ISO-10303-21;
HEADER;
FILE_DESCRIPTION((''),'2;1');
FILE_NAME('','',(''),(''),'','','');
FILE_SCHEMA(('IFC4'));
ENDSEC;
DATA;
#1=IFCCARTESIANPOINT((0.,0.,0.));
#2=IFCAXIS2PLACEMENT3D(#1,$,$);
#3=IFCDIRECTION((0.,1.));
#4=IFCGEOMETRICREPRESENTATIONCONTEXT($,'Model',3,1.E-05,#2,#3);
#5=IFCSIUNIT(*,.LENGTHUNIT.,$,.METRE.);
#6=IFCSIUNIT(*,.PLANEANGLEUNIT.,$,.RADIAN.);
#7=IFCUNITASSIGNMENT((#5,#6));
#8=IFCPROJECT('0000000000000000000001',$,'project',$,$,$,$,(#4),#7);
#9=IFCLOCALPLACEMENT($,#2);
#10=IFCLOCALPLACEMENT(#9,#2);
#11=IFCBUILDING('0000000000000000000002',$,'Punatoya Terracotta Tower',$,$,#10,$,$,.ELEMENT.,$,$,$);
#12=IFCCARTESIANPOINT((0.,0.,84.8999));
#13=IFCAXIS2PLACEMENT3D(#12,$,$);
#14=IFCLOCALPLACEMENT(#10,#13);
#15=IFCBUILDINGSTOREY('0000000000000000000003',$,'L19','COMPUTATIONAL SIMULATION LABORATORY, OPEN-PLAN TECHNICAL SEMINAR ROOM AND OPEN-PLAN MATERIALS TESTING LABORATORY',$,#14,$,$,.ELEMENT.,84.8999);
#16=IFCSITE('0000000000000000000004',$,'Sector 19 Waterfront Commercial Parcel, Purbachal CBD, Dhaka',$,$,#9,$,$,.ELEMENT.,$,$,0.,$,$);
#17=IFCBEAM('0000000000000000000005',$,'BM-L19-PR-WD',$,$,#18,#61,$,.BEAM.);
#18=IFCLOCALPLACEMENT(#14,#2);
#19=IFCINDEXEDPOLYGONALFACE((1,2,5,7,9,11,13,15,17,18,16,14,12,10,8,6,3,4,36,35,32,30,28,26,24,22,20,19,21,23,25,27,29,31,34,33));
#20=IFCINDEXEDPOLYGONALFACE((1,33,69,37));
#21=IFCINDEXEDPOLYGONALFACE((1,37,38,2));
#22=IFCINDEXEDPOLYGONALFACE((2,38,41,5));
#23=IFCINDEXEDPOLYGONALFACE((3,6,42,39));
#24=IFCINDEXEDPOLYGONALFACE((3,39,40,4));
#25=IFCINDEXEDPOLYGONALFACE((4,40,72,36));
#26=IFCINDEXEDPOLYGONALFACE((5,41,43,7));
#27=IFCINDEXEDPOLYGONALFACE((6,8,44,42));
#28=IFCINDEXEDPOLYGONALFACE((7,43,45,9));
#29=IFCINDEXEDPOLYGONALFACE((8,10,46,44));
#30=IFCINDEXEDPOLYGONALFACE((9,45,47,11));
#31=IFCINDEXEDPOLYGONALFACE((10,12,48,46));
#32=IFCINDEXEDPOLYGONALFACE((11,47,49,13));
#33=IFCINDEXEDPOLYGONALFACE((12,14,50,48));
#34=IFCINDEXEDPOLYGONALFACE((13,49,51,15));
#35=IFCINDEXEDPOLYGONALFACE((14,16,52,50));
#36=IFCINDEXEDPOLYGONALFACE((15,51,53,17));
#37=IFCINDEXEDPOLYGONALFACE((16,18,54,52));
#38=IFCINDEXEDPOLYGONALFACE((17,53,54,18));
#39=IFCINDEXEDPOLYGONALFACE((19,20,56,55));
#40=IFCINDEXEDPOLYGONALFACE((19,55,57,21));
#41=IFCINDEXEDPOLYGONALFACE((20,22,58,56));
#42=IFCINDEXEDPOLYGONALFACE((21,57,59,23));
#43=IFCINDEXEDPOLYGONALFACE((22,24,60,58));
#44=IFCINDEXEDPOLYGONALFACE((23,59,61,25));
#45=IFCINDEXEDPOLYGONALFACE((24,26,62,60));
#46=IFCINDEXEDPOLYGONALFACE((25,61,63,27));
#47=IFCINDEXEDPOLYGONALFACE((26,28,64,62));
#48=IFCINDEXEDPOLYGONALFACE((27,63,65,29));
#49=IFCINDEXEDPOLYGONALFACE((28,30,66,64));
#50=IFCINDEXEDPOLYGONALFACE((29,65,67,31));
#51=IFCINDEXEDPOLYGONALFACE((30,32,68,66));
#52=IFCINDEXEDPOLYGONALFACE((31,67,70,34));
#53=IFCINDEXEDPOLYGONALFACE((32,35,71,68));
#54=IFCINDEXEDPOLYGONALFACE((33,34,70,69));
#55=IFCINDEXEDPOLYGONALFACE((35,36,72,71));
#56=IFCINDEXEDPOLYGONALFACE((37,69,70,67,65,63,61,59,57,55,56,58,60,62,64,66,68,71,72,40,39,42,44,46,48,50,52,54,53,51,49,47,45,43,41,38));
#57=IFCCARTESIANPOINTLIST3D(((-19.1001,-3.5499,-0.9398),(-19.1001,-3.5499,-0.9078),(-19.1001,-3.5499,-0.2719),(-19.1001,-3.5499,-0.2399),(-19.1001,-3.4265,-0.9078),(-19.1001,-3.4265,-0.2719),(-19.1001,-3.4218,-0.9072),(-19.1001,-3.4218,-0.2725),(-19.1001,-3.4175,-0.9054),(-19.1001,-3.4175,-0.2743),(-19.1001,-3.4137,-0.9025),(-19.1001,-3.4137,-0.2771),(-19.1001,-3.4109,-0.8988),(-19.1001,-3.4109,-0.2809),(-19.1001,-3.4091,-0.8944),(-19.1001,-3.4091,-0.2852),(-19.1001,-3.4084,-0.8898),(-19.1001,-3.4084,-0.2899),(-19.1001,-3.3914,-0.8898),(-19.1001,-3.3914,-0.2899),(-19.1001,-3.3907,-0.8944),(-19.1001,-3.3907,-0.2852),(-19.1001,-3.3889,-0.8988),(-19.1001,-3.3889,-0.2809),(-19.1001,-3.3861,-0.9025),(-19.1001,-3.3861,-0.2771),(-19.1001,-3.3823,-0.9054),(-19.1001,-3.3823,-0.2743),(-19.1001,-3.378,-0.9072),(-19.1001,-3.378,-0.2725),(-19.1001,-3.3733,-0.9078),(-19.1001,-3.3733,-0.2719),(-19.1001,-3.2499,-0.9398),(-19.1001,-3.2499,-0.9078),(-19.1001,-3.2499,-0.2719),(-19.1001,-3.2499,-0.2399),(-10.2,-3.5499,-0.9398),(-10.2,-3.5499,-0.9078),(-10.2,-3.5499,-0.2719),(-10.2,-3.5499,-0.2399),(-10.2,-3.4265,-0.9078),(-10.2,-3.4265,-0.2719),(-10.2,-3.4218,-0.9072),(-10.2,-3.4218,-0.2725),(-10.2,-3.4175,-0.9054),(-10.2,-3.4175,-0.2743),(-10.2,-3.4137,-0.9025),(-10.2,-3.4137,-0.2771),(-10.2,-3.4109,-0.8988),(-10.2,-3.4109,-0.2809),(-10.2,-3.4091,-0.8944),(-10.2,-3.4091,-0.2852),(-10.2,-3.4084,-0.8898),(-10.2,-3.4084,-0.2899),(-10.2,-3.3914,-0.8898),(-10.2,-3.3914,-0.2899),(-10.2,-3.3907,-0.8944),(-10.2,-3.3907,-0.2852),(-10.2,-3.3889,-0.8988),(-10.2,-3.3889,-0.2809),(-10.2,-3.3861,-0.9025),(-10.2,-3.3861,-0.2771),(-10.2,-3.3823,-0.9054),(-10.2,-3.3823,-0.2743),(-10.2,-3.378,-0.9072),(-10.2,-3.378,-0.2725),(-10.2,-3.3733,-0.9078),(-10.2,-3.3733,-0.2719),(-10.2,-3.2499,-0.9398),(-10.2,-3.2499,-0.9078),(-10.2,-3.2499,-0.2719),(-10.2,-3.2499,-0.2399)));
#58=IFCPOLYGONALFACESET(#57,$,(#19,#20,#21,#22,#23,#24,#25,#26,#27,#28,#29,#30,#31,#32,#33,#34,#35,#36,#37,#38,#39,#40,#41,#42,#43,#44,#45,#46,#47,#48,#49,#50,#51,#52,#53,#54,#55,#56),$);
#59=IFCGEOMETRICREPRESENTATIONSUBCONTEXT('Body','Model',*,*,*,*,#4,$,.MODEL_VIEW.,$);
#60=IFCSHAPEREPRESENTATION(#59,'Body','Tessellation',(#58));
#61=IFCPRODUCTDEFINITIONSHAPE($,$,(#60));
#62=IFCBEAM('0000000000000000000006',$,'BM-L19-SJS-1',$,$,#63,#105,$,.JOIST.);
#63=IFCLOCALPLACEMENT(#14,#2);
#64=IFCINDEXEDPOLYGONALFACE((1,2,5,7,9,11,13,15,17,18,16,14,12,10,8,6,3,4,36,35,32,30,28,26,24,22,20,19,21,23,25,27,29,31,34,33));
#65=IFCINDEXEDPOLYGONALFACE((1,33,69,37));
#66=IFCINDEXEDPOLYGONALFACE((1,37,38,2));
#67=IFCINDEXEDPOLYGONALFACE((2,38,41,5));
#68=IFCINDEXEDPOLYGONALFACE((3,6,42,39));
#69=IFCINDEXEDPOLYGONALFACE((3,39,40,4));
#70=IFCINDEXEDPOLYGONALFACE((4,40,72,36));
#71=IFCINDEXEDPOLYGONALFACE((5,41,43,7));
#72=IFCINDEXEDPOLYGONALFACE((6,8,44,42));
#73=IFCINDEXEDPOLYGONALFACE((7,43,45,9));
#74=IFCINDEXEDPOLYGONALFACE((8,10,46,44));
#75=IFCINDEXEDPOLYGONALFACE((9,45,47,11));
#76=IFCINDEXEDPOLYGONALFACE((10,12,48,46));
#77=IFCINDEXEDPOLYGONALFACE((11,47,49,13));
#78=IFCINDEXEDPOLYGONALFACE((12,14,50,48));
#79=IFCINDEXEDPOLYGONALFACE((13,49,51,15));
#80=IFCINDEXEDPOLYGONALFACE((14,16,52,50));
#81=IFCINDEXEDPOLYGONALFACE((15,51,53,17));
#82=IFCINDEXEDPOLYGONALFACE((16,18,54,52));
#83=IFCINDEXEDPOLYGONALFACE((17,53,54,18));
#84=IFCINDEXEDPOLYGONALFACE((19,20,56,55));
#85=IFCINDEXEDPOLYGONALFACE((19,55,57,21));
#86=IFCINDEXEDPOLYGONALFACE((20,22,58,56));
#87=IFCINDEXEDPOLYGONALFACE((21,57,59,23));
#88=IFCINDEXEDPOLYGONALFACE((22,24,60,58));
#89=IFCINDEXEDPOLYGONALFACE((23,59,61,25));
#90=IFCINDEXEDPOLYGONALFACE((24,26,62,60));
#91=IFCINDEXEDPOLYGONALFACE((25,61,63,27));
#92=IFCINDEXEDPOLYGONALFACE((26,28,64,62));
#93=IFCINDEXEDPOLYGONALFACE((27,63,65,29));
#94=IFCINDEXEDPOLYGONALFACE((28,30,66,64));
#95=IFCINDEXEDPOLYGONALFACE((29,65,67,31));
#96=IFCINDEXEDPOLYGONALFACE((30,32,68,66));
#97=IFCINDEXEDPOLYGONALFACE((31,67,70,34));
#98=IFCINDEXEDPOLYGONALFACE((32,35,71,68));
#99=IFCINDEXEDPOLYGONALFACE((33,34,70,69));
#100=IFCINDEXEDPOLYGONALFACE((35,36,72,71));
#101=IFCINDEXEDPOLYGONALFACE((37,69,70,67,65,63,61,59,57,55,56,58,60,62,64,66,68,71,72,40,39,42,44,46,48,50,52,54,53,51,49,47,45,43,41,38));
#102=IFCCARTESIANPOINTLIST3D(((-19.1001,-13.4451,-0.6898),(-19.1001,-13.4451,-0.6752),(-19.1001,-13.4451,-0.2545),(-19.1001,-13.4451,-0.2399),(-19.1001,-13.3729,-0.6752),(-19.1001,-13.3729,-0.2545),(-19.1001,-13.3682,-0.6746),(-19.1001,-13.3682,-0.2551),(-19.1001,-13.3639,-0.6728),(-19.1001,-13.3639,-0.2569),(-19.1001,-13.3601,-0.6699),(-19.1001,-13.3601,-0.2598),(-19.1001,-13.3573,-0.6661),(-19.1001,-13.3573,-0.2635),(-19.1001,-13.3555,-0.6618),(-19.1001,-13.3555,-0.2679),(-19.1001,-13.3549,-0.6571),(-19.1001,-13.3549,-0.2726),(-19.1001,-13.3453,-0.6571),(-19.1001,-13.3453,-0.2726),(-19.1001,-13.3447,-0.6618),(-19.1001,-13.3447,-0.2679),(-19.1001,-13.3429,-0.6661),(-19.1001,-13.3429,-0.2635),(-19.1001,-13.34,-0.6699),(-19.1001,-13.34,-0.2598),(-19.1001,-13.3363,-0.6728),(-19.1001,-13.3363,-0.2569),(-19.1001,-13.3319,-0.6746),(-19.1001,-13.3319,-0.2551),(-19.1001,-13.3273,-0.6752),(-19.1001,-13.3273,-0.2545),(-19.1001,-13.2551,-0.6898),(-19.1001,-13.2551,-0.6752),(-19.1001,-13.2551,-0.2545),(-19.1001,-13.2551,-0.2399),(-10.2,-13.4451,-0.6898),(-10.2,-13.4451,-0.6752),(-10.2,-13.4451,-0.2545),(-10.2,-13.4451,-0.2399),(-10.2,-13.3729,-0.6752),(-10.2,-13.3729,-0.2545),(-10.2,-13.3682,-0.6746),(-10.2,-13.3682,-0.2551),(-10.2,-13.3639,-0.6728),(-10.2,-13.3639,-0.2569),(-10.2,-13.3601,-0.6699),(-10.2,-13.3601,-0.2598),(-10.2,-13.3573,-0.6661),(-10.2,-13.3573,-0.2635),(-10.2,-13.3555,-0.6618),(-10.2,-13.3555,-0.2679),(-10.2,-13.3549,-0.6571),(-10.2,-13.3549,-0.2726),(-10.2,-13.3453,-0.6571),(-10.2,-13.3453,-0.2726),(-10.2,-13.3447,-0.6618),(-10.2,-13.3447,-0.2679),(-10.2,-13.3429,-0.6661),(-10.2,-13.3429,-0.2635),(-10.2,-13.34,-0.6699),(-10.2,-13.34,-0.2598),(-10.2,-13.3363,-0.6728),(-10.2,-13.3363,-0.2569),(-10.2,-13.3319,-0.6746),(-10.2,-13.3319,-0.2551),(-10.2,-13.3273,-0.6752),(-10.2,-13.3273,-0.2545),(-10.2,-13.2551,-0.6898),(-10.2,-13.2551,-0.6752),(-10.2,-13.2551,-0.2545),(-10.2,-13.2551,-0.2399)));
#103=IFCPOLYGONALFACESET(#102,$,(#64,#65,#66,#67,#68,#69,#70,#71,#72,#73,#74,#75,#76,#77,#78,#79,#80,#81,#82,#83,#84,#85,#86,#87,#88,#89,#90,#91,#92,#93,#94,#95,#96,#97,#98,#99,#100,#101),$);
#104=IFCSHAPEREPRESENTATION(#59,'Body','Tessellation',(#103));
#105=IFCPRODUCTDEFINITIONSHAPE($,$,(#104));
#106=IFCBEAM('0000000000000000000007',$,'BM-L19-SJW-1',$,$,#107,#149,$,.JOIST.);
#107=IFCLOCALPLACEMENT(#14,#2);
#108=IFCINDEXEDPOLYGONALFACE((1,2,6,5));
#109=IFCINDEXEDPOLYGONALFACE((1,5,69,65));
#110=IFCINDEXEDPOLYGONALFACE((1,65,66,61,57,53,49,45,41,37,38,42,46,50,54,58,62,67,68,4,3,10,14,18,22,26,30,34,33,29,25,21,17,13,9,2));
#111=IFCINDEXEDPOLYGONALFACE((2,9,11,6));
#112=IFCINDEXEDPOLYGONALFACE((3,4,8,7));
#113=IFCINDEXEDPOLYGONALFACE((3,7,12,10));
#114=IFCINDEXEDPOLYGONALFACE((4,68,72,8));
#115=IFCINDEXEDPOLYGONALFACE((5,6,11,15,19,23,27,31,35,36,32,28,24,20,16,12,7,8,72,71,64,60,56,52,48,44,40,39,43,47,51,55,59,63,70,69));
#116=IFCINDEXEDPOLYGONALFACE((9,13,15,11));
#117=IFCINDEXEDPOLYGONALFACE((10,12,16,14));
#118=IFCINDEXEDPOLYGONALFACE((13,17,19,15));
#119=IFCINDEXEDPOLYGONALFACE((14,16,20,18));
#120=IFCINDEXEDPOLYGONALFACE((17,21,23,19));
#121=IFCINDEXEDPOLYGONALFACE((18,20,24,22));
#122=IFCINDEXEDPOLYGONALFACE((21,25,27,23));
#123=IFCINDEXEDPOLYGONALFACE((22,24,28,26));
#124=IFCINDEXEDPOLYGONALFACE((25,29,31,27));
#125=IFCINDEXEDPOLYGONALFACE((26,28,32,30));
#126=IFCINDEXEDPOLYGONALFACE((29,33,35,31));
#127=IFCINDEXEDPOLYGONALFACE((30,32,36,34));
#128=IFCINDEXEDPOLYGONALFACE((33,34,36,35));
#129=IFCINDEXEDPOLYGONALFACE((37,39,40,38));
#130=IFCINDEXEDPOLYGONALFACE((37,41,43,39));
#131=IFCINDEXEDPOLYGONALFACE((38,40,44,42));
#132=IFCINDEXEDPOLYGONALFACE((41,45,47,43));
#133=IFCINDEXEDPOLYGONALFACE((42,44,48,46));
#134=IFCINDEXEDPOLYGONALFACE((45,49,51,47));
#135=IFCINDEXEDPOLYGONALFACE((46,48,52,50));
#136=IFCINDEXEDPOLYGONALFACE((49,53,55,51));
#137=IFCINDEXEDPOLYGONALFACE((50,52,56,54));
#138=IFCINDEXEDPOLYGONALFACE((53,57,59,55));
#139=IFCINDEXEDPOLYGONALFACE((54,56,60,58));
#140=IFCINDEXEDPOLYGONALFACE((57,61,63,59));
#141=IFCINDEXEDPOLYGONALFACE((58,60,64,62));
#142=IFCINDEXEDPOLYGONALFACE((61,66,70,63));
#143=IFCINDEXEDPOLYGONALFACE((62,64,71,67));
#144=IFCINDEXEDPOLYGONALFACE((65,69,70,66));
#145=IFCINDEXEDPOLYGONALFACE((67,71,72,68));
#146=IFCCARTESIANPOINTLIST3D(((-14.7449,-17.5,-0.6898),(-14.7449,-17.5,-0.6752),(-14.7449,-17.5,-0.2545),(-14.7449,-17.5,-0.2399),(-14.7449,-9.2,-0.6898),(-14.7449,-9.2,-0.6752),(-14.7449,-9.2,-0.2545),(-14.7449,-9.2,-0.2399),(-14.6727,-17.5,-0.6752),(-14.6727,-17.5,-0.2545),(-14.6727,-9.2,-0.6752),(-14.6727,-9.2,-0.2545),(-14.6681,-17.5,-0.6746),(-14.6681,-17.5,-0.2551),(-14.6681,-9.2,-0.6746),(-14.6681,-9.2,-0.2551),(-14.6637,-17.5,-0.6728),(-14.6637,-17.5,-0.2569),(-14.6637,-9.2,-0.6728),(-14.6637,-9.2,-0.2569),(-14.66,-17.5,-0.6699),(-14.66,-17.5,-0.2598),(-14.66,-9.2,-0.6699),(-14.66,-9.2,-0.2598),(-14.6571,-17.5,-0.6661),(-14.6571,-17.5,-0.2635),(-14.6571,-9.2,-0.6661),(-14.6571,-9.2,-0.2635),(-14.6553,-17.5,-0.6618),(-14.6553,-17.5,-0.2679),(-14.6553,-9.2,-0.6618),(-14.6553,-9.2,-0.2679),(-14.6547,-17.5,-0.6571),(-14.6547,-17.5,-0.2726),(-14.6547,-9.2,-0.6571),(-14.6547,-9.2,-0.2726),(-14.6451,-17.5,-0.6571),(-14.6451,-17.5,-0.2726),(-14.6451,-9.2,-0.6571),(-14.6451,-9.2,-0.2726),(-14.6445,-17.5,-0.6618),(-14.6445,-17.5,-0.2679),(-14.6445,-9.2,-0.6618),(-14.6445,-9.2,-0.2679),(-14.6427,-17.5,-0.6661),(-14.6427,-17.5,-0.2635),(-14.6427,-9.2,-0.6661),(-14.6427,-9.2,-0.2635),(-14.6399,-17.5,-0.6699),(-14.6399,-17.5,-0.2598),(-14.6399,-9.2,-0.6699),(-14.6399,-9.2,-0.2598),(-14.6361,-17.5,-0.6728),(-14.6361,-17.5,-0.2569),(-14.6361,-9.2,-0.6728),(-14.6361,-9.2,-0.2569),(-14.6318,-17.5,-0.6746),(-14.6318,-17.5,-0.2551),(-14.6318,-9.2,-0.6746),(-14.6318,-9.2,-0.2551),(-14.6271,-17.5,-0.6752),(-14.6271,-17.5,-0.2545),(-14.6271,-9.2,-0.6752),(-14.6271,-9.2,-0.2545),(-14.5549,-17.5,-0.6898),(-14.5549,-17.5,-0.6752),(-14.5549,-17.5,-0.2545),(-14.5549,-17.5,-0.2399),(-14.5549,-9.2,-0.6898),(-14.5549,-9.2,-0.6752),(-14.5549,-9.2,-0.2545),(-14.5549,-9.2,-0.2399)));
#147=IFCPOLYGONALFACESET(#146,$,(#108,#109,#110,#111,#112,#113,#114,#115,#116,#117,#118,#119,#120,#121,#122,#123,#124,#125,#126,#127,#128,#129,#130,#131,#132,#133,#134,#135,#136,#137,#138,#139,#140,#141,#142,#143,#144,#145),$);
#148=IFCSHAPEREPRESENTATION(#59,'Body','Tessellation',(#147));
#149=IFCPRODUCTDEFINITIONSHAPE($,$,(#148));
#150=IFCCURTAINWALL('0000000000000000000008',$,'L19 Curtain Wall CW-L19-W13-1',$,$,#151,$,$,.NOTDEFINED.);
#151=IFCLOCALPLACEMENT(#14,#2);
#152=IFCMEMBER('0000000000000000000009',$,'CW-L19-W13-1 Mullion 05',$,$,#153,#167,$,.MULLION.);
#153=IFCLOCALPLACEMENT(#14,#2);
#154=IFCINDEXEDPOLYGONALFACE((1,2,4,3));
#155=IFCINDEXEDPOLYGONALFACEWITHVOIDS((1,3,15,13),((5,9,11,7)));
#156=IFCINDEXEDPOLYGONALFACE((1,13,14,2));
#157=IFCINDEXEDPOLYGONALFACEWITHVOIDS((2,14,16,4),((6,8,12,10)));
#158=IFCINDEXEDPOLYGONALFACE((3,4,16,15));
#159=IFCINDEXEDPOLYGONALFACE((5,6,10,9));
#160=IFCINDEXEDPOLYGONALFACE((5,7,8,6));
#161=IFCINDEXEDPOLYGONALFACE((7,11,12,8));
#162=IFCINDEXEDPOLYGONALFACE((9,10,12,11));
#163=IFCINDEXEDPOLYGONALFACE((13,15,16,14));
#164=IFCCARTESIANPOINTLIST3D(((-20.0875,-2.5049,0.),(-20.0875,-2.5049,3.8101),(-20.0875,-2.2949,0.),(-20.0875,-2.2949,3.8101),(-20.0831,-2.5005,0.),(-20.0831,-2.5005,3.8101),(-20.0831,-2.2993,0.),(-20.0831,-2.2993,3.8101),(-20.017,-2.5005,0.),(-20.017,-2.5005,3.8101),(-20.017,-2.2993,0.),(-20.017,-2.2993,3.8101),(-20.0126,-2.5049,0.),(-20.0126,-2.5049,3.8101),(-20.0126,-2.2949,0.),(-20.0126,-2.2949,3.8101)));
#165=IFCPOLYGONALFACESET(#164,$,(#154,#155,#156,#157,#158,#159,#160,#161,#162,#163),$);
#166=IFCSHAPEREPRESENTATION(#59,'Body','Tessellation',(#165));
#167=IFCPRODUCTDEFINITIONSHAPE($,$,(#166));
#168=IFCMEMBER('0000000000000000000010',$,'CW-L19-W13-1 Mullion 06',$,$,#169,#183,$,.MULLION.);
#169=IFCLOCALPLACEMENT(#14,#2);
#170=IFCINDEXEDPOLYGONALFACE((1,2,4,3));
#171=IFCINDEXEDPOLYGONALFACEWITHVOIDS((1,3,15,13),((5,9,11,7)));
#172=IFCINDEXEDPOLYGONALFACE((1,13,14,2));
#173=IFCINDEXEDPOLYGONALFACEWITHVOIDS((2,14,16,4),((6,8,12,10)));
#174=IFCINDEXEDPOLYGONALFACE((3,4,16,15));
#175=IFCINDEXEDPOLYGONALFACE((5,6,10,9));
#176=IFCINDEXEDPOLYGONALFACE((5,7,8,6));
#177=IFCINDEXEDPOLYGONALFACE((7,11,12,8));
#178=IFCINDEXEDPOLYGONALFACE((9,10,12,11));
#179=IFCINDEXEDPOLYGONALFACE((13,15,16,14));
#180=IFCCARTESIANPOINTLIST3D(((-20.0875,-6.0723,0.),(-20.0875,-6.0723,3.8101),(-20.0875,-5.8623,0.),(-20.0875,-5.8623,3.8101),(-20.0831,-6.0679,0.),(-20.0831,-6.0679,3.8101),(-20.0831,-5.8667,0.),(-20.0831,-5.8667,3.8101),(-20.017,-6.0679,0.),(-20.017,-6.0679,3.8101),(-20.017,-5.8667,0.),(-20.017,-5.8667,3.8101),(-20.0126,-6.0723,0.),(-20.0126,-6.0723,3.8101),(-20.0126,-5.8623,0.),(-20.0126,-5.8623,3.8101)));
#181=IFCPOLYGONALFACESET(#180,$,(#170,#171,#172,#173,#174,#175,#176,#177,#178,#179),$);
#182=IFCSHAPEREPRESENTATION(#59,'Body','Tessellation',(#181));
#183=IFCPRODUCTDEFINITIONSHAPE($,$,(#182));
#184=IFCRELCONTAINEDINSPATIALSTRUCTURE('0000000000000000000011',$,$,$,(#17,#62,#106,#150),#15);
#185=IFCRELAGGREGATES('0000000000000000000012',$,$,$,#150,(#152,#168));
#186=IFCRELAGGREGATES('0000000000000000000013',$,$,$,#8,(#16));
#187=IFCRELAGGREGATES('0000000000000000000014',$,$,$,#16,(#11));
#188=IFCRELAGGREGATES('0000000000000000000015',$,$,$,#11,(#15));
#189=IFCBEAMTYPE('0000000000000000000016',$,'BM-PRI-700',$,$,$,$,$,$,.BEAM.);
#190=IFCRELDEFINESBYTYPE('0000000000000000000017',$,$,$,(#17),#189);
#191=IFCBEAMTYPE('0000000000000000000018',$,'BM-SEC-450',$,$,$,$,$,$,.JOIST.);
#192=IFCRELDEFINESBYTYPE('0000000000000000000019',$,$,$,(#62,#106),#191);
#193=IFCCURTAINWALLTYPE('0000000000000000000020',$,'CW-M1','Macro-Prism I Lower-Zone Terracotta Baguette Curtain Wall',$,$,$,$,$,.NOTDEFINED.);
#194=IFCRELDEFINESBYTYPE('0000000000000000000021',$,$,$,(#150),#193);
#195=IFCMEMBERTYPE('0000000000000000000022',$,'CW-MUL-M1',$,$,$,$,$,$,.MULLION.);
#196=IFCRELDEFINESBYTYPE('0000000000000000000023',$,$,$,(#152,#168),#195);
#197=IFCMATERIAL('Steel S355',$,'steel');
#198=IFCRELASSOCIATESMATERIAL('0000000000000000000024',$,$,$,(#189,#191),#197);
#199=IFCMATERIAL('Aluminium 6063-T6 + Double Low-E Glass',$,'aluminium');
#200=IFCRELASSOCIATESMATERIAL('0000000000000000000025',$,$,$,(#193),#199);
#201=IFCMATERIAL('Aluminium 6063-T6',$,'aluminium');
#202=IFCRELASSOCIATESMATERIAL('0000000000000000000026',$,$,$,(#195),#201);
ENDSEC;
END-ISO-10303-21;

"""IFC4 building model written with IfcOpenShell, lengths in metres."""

from ifc_helpers import new_model, si_unit, direction, frame, origin, origin_2d, place, context, subcontext, project, spatial, hollow_rectangle, i_section, extrude, material, material_profile, profile_set, type_object, element, aggregate, save


model = new_model("IFC4")

# Units and contexts
model_context = context("Model", 3, precision=1e-05, world=origin(), true_north=direction((0.0, 1.0)))
body_context = subcontext(model_context, "Body", "Model", "MODEL_VIEW")
ifc_project = project(units=[si_unit("LENGTHUNIT", "METRE"), si_unit("PLANEANGLEUNIT", "RADIAN")], contexts=[model_context])

# Site, building, storey
site_placement = place(None, origin())
site = spatial("IfcSite", under=ifc_project, at=site_placement, Name="Sector 19 Waterfront Commercial Parcel, Purbachal CBD, Dhaka", CompositionType="ELEMENT", RefElevation=0.0)
building_placement = place(site_placement, origin())
building = spatial("IfcBuilding", under=site, at=building_placement, Name="Punatoya Terracotta Tower", CompositionType="ELEMENT")
storey_placement = place(building_placement, frame((0.0, 0.0, 84.8999)))
storey = spatial("IfcBuildingStorey", under=building, at=storey_placement, Name="L19", Description="COMPUTATIONAL SIMULATION LABORATORY, OPEN-PLAN TECHNICAL SEMINAR ROOM AND OPEN-PLAN MATERIALS TESTING LABORATORY", CompositionType="ELEMENT", Elevation=84.8999)

# Beams
ifc_material_1 = material(Name="Steel S355", Category="steel")
ifc_material_profile_1 = material_profile(ifc_material_1, i_section(OverallWidth=0.3, OverallDepth=0.7, WebThickness=0.0171, FlangeThickness=0.032, FilletRadius=0.0181, at=origin_2d()))
ifc_profile_set_1 = profile_set([ifc_material_profile_1], Name="Steel S355")
beam_type_1 = type_object("IfcBeamType", Name="BM-PRI-700", PredefinedType="BEAM", material=ifc_profile_set_1)
for number, where, z_axis, x_axis, name in (
    (1, (-19.1001, -3.3999, -0.5898), (1.0, 0.0, 0.0), (0.0, 1.0, 0.0), "BM-L19-PR-WD"),
):
    element("IfcBeam", number, at=place(storey_placement, frame(where, z_axis=z_axis, x_axis=x_axis)), inside=storey, type_object=beam_type_1, Name=name, PredefinedType="BEAM", context=body_context, shape_type="SweptSolid", body=[
        extrude(i_section(OverallWidth=0.3, OverallDepth=0.7, WebThickness=0.0171, FlangeThickness=0.032, FilletRadius=0.0181, at=origin_2d()), origin(), (0.0, 0.0, 1.0), 8.9001),
    ])
ifc_material_profile_2 = material_profile(ifc_material_1, i_section(OverallWidth=0.1899, OverallDepth=0.45, WebThickness=0.0095, FlangeThickness=0.0146, FilletRadius=0.0181, at=origin_2d()))
ifc_profile_set_2 = profile_set([ifc_material_profile_2], Name="Steel S355")
beam_type_2 = type_object("IfcBeamType", Name="BM-SEC-450", PredefinedType="JOIST", material=ifc_profile_set_2)
beam_1_placement = place(storey_placement, frame((-19.1001, -13.3501, -0.4648), z_axis=(1.0, 0.0, 0.0), x_axis=(0.0, 1.0, 0.0)))
element("IfcBeam", 2, at=beam_1_placement, inside=storey, type_object=beam_type_2, Name="BM-L19-SJS-1", PredefinedType="JOIST", context=body_context, shape_type="SweptSolid", body=[
    extrude(i_section(OverallWidth=0.1899, OverallDepth=0.45, WebThickness=0.0095, FlangeThickness=0.0146, FilletRadius=0.0181, at=origin_2d()), origin(), (0.0, 0.0, 1.0), 8.9001),
])
beam_2_placement = place(storey_placement, frame((-14.6499, -17.5, -0.4648), z_axis=(0.0, 1.0, 0.0), x_axis=(-1.0, 0.0, 0.0)))
element("IfcBeam", 3, at=beam_2_placement, inside=storey, type_object=beam_type_2, Name="BM-L19-SJW-1", PredefinedType="JOIST", context=body_context, shape_type="SweptSolid", body=[
    extrude(i_section(OverallWidth=0.1899, OverallDepth=0.45, WebThickness=0.0095, FlangeThickness=0.0146, FilletRadius=0.0181, at=origin_2d()), origin(), (0.0, 0.0, 1.0), 8.3),
])

# Curtain wall, members
ifc_material_2 = material(Name="Aluminium 6063-T6 + Double Low-E Glass", Category="aluminium")
curtain_wall_type = type_object("IfcCurtainWallType", Name="CW-M1", Description="Macro-Prism I Lower-Zone Terracotta Baguette Curtain Wall", PredefinedType="NOTDEFINED", material=ifc_material_2)
curtain_wall_placement = place(storey_placement, origin())
curtain_wall = element("IfcCurtainWall", 4, at=curtain_wall_placement, inside=storey, type_object=curtain_wall_type, Name="L19 Curtain Wall CW-L19-W13-1", PredefinedType="NOTDEFINED")
ifc_material_3 = material(Name="Aluminium 6063-T6", Category="aluminium")
ifc_material_profile_3 = material_profile(ifc_material_3, hollow_rectangle(XDim=0.075, YDim=0.21, WallThickness=0.0044, at=origin_2d()))
ifc_profile_set_3 = profile_set([ifc_material_profile_3], Name="Aluminium 6063-T6")
member_type = type_object("IfcMemberType", Name="CW-MUL-M1", PredefinedType="MULLION", material=ifc_profile_set_3)
member_1_placement = place(storey_placement, frame((-20.05, -2.3999, 0.0), z_axis=(0.0, 0.0, 1.0), x_axis=(1.0, 0.0, 0.0)))
member_1 = element("IfcMember", 5, at=member_1_placement, type_object=member_type, Name="CW-L19-W13-1 Mullion 05", PredefinedType="MULLION", context=body_context, shape_type="SweptSolid", body=[
    extrude(hollow_rectangle(XDim=0.075, YDim=0.21, WallThickness=0.0044, at=origin_2d()), origin(), (0.0, 0.0, 1.0), 3.8101),
])
member_2_placement = place(storey_placement, frame((-20.05, -5.9673, 0.0), z_axis=(0.0, 0.0, 1.0), x_axis=(1.0, 0.0, 0.0)))
member_2 = element("IfcMember", 6, at=member_2_placement, type_object=member_type, Name="CW-L19-W13-1 Mullion 06", PredefinedType="MULLION", context=body_context, shape_type="SweptSolid", body=[
    extrude(hollow_rectangle(XDim=0.075, YDim=0.21, WallThickness=0.0044, at=origin_2d()), origin(), (0.0, 0.0, 1.0), 3.8101),
])
aggregate(curtain_wall, [member_1, member_2])

save(model, "model.ifc")
